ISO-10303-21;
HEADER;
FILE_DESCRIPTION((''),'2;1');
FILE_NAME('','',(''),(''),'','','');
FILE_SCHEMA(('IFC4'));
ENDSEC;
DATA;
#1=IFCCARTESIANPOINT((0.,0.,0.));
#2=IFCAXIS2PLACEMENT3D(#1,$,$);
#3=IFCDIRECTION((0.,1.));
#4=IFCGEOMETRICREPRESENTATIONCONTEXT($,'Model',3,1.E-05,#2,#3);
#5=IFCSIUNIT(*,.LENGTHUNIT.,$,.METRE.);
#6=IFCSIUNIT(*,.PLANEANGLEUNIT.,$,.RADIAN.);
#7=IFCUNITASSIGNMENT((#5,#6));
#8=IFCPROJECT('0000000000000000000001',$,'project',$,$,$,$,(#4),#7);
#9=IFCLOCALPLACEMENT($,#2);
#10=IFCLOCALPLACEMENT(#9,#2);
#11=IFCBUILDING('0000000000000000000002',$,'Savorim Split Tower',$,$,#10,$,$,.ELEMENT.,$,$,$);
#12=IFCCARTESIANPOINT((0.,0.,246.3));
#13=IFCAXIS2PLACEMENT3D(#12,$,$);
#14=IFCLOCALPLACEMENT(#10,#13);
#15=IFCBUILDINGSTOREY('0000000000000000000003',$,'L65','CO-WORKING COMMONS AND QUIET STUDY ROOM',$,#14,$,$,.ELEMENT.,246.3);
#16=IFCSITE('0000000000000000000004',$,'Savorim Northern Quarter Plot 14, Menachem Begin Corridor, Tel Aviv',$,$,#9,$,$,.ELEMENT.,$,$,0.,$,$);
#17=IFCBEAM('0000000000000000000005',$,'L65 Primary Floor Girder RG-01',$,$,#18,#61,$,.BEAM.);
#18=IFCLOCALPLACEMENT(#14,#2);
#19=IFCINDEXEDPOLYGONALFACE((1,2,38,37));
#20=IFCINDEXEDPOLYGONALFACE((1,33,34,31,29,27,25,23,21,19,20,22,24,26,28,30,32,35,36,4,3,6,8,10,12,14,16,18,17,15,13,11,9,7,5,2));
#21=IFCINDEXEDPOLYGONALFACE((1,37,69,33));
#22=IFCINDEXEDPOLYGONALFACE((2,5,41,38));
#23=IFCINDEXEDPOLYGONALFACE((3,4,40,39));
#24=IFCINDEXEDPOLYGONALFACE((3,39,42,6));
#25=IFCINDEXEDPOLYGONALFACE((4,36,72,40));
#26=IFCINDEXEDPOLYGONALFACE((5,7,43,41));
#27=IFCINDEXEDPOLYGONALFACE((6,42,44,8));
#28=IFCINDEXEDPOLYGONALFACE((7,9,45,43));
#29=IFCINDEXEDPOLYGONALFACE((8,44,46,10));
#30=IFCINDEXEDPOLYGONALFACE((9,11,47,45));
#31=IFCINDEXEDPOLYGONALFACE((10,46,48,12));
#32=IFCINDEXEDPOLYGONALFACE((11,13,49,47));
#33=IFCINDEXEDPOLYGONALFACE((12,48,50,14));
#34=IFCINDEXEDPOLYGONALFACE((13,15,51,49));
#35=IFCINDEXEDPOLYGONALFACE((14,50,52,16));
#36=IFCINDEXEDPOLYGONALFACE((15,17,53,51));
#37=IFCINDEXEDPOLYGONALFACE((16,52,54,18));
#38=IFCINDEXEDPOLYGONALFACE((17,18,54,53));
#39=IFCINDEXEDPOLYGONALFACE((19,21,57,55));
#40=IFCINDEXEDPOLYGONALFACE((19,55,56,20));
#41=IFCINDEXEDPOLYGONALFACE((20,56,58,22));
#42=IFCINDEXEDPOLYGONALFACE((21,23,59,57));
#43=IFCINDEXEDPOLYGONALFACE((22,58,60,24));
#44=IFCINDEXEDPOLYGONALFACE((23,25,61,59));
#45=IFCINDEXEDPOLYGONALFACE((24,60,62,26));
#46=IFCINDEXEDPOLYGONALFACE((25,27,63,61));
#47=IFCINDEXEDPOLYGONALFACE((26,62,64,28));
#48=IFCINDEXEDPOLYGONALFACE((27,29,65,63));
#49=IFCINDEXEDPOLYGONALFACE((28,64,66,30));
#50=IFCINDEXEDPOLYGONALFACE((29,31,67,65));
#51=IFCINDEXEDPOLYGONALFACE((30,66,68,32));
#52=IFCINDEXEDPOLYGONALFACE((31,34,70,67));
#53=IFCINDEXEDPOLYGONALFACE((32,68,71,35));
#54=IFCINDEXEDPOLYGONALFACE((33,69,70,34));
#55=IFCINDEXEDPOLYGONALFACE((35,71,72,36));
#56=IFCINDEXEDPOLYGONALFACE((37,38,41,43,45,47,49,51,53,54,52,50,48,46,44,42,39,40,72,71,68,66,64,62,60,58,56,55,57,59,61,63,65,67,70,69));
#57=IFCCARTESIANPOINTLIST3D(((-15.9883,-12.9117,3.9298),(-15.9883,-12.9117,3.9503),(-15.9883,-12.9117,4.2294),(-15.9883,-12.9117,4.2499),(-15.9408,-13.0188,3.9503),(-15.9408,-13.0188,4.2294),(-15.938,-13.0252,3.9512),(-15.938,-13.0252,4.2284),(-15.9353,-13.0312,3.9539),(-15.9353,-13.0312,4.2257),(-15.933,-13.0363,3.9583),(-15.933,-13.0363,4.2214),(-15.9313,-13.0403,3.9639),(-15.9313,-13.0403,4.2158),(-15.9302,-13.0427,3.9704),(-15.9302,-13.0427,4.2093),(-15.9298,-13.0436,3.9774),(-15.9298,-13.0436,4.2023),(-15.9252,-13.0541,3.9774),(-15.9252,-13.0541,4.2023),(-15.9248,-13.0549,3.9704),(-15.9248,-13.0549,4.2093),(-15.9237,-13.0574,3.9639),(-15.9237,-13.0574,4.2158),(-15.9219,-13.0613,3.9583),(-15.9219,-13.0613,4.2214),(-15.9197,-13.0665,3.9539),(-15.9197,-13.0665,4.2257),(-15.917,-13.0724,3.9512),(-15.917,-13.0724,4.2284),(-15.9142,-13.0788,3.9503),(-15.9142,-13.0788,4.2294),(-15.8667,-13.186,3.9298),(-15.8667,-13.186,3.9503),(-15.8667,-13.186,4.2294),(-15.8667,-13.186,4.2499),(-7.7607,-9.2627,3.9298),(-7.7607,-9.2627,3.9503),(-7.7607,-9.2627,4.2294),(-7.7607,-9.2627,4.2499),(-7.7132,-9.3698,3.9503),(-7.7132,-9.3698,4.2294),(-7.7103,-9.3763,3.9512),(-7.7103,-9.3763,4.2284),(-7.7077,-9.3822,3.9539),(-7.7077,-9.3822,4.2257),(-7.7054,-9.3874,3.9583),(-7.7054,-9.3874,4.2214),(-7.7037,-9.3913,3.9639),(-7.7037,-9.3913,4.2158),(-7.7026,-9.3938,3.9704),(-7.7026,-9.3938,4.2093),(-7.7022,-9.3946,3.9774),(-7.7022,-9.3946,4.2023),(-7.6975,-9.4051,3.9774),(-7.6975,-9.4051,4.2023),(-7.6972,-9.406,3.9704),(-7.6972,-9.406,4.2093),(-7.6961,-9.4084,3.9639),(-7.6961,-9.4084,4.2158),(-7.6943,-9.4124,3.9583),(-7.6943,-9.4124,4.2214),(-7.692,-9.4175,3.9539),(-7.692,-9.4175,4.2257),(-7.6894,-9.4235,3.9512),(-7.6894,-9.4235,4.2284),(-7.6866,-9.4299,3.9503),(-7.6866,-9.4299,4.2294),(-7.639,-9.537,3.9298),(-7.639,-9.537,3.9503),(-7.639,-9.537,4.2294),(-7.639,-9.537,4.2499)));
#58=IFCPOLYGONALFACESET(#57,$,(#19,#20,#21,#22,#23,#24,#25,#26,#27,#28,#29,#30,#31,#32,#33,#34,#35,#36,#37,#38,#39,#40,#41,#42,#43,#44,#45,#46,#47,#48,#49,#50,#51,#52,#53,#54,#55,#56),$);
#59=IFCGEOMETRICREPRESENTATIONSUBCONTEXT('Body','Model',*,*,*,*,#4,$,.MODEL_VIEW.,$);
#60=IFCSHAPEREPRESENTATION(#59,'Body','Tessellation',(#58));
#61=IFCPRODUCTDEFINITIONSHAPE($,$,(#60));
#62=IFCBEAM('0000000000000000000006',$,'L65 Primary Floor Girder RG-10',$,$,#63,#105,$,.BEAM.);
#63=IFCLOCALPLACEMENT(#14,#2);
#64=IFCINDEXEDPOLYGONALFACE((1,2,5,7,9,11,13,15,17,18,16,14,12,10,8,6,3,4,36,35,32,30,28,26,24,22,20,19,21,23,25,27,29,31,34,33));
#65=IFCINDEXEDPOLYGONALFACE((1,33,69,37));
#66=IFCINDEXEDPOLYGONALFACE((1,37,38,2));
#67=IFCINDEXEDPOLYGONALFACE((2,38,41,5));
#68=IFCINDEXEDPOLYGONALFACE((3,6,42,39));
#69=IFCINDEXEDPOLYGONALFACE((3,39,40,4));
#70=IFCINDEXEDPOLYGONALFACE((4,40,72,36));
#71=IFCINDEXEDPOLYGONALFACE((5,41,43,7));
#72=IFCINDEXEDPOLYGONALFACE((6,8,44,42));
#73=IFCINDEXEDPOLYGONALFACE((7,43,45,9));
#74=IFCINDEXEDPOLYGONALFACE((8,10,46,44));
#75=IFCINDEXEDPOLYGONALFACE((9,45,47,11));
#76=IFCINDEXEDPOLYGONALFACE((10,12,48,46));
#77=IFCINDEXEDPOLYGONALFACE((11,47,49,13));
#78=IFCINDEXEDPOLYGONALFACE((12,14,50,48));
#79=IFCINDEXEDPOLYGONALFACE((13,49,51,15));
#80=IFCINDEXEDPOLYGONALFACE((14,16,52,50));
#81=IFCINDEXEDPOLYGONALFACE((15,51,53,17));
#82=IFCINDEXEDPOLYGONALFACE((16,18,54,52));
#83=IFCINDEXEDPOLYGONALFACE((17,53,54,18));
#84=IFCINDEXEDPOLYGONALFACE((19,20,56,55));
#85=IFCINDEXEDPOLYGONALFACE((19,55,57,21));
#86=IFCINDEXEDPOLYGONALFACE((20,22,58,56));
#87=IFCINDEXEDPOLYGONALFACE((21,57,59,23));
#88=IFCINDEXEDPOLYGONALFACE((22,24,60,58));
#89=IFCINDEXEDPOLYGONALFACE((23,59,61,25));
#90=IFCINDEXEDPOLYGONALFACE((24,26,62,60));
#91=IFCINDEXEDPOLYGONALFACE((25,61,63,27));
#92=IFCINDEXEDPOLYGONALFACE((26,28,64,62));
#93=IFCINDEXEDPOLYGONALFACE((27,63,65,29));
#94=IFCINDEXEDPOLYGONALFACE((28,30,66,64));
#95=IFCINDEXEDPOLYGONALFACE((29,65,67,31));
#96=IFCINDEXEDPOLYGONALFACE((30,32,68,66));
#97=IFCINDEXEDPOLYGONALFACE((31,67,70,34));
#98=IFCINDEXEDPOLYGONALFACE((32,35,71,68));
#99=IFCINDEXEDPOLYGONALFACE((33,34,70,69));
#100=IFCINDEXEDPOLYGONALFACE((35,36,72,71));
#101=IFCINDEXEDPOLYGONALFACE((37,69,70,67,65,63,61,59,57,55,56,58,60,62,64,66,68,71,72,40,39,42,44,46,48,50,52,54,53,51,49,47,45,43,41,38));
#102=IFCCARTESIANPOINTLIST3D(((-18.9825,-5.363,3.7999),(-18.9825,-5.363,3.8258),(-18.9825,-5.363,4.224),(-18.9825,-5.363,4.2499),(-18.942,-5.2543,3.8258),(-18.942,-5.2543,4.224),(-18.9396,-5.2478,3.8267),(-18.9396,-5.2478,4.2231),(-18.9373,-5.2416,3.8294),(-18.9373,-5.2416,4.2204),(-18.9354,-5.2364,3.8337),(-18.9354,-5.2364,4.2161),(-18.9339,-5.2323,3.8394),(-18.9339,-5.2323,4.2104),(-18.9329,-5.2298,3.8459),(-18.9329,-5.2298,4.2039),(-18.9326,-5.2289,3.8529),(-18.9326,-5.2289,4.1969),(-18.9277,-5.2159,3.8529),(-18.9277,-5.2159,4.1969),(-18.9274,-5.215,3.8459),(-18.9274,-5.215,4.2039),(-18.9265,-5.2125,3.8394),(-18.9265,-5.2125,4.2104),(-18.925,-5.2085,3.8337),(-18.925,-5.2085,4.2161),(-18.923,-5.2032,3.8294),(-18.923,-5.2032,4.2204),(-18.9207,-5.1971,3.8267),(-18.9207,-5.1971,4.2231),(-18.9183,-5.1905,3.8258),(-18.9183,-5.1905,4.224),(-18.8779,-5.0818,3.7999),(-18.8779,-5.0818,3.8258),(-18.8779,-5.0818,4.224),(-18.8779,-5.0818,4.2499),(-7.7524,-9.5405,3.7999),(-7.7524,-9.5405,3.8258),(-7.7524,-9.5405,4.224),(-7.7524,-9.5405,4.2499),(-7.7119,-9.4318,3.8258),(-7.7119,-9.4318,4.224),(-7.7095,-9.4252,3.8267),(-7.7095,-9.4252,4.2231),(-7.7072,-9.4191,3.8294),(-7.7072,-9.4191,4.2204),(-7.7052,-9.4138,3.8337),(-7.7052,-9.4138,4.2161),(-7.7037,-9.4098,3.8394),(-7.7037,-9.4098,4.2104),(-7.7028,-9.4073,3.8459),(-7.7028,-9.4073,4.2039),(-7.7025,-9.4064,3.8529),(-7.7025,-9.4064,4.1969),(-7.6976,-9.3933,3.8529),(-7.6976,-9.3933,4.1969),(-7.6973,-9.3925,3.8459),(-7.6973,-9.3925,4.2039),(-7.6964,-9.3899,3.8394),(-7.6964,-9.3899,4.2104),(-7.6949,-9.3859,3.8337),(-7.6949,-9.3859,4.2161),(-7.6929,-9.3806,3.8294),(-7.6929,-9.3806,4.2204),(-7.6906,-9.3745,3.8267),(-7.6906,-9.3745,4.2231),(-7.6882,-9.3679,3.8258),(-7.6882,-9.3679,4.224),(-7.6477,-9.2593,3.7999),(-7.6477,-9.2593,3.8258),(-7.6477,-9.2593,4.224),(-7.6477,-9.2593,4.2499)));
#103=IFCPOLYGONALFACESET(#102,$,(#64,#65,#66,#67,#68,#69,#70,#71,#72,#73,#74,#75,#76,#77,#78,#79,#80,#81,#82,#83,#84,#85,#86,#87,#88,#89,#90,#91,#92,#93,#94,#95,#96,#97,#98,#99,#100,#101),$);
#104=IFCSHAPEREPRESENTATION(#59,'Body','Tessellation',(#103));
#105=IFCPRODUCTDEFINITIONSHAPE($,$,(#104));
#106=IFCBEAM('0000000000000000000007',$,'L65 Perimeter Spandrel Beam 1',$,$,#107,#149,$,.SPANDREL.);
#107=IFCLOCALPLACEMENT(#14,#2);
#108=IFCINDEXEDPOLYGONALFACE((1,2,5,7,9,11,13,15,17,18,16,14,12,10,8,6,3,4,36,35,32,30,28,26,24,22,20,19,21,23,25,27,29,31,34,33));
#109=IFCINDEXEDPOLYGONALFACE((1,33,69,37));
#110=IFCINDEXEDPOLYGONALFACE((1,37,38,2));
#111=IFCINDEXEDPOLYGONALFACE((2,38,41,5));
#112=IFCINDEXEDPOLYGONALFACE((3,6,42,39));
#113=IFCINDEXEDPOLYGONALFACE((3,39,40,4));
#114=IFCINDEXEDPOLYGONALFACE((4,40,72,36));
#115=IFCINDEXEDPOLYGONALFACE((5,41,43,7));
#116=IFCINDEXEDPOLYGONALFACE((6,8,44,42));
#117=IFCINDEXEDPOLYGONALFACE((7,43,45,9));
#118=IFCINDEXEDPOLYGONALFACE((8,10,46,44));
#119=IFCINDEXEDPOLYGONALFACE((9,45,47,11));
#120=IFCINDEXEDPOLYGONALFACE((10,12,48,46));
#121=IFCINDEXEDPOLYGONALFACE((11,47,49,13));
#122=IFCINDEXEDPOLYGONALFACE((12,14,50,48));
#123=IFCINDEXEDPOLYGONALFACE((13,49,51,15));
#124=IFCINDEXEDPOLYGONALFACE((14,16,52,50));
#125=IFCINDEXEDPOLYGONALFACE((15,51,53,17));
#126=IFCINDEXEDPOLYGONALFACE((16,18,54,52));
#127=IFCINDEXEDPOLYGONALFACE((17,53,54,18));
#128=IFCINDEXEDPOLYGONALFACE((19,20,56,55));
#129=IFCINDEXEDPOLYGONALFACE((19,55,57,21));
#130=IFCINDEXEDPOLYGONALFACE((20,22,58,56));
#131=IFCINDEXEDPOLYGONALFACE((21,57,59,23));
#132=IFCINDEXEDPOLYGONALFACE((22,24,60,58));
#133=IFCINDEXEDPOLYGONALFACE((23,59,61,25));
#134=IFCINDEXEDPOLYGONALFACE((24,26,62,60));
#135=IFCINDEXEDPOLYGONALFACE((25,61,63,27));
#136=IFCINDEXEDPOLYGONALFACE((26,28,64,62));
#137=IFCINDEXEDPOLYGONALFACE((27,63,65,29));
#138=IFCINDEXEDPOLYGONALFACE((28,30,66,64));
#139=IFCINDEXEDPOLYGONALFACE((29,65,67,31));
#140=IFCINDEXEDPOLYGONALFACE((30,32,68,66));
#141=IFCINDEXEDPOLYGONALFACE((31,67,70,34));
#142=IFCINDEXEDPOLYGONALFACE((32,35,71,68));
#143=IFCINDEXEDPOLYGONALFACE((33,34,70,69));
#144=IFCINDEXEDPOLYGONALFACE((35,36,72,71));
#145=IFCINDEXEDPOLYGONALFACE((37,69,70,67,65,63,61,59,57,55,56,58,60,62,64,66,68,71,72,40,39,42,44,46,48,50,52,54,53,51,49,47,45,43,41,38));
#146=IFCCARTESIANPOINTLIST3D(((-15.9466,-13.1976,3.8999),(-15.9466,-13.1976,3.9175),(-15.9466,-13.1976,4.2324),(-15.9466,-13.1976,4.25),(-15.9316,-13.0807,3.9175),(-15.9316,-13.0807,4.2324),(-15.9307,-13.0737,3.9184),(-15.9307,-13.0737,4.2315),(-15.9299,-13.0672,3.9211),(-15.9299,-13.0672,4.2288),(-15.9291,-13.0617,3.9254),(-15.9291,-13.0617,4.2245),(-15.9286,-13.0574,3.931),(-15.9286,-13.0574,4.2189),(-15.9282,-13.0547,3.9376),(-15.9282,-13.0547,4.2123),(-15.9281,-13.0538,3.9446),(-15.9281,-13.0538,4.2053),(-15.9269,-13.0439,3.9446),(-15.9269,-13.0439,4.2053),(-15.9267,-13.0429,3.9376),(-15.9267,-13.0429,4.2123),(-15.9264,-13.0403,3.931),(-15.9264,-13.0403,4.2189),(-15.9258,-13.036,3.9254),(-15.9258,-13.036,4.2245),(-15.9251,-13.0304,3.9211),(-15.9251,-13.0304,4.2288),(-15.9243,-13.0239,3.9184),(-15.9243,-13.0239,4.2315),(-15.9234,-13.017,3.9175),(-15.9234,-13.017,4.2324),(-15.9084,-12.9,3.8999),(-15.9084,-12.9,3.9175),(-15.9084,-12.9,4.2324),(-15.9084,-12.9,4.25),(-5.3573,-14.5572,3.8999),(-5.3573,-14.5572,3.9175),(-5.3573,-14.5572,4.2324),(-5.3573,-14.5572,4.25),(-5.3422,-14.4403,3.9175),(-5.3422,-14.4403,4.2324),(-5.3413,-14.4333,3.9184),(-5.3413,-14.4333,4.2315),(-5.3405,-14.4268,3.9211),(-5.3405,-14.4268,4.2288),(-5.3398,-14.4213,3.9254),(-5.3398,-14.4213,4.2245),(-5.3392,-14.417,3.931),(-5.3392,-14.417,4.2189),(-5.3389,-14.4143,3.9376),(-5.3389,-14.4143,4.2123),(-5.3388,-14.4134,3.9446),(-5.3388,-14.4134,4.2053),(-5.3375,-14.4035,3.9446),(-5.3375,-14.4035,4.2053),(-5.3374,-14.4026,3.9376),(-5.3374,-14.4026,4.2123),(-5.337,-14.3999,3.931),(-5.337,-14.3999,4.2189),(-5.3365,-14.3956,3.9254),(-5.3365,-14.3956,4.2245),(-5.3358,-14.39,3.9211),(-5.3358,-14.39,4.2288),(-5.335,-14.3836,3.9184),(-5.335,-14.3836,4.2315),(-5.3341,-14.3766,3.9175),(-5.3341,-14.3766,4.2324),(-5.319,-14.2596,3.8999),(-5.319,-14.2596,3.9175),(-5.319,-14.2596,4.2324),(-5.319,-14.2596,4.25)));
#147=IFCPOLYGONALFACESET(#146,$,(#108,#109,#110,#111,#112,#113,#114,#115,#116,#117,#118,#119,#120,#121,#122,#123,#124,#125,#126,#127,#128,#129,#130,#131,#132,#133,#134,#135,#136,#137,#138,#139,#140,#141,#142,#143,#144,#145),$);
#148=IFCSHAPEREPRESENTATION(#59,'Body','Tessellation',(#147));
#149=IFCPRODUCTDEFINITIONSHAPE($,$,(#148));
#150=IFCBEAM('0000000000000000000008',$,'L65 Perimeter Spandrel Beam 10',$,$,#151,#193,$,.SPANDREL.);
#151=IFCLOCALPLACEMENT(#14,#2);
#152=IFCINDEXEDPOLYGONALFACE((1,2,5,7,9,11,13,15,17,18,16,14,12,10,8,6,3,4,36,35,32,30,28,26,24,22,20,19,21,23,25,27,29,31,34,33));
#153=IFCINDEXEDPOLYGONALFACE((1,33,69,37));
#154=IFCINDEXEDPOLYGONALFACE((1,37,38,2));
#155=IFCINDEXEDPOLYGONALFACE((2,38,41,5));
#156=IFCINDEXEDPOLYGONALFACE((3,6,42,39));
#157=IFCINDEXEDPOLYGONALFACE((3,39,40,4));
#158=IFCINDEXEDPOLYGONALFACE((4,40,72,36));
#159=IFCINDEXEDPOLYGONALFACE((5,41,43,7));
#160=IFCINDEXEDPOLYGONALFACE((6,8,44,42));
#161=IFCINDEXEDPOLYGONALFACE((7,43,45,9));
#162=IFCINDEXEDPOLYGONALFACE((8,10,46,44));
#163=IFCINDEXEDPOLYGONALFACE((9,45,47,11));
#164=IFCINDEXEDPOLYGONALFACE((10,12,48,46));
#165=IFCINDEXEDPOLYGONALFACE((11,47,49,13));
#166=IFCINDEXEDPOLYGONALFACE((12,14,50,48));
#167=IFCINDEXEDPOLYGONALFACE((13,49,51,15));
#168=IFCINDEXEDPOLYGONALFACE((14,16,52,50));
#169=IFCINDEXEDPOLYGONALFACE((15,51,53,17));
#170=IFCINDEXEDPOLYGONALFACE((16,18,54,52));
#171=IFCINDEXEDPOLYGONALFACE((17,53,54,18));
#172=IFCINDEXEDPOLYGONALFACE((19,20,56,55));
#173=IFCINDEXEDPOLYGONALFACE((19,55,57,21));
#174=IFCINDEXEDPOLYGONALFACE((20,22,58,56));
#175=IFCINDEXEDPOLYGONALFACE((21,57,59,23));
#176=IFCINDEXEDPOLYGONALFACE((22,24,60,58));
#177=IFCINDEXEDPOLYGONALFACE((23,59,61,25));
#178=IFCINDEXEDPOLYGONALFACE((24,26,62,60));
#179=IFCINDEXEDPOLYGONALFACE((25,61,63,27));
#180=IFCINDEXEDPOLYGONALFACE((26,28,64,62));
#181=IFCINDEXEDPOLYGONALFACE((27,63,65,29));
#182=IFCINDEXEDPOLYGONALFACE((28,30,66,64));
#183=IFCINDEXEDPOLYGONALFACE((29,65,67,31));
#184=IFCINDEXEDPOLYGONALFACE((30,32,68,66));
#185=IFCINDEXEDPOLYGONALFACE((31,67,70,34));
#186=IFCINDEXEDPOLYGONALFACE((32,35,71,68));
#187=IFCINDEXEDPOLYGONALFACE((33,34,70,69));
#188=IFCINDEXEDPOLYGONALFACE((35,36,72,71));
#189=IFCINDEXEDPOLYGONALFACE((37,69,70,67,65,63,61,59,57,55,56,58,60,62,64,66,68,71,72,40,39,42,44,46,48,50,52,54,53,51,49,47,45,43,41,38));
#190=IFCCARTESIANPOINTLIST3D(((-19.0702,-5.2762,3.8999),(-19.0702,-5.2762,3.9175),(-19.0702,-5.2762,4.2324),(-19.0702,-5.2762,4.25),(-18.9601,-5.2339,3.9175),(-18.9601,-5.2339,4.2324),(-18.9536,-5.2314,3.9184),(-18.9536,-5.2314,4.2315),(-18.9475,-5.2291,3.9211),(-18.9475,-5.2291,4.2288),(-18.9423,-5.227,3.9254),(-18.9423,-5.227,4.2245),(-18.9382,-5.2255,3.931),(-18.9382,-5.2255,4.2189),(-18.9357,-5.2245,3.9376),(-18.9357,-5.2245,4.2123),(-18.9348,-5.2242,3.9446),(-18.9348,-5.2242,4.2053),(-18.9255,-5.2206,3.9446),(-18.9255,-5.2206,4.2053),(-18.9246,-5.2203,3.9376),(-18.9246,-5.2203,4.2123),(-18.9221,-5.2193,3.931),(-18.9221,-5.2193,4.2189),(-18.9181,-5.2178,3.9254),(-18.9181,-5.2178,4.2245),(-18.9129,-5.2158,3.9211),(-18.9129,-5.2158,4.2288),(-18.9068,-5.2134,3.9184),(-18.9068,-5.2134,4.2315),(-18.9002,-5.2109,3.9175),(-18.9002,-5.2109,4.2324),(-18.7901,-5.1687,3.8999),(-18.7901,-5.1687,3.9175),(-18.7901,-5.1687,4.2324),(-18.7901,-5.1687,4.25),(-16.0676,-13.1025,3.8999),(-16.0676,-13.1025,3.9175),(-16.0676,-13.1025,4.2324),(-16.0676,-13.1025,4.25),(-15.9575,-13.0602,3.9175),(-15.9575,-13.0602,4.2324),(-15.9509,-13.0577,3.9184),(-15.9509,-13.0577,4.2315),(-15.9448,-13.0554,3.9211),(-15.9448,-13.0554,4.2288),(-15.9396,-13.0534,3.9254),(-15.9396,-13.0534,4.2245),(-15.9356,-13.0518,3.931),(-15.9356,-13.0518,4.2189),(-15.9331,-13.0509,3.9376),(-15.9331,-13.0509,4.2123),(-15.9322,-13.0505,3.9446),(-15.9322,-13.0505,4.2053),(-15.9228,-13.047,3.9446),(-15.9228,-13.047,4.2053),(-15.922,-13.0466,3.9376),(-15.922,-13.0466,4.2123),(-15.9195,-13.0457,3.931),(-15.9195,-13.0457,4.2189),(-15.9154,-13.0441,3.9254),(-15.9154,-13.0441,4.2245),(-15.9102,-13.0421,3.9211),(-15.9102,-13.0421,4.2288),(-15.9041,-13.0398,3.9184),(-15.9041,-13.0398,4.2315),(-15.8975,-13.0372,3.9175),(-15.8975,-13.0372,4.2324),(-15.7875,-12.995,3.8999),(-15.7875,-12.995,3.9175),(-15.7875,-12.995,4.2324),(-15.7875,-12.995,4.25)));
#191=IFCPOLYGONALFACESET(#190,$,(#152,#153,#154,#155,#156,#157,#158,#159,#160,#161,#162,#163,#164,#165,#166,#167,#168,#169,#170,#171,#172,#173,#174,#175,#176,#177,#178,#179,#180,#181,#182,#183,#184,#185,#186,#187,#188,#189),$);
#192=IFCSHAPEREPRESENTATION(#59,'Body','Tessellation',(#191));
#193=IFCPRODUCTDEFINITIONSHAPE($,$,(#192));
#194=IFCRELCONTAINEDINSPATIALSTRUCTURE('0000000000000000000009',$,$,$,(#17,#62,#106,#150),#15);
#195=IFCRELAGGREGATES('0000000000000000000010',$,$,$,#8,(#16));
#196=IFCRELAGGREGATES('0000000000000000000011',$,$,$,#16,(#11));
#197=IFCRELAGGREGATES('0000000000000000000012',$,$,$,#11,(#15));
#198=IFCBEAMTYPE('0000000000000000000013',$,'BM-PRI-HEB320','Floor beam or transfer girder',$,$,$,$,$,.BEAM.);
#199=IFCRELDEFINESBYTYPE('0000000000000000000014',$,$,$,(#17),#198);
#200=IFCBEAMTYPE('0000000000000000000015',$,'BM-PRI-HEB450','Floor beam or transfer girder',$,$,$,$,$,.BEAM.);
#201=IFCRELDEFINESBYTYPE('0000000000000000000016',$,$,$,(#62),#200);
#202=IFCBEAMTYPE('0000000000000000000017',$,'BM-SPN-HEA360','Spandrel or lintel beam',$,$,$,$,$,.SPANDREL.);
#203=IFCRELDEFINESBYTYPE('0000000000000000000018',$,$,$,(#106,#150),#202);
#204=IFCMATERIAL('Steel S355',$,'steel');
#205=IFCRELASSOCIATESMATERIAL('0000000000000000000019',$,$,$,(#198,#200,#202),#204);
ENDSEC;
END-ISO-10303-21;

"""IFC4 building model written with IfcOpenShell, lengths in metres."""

from ifc_helpers import new_model, si_unit, direction, frame, origin, origin_2d, place, context, subcontext, project, spatial, i_section, extrude, material, material_profile, profile_set, type_object, element, save


model = new_model("IFC4")

# Units and contexts
model_context = context("Model", 3, precision=1e-05, world=origin(), true_north=direction((0.0, 1.0)))
body_context = subcontext(model_context, "Body", "Model", "MODEL_VIEW")
ifc_project = project(units=[si_unit("LENGTHUNIT", "METRE"), si_unit("PLANEANGLEUNIT", "RADIAN")], contexts=[model_context])

# Site, building, storey
site_placement = place(None, origin())
site = spatial("IfcSite", under=ifc_project, at=site_placement, Name="Savorim Northern Quarter Plot 14, Menachem Begin Corridor, Tel Aviv", CompositionType="ELEMENT", RefElevation=0.0)
building_placement = place(site_placement, origin())
building = spatial("IfcBuilding", under=site, at=building_placement, Name="Savorim Split Tower", CompositionType="ELEMENT")
storey_placement = place(building_placement, frame((0.0, 0.0, 246.3)))
storey = spatial("IfcBuildingStorey", under=building, at=storey_placement, Name="L65", Description="CO-WORKING COMMONS AND QUIET STUDY ROOM", CompositionType="ELEMENT", Elevation=246.3)

# Shared definitions
ifc_material_1 = material(Name="Steel S355", Category="steel")

# Beams
ifc_material_profile_1 = material_profile(ifc_material_1, i_section(OverallWidth=0.3, OverallDepth=0.3201, WebThickness=0.0115, FlangeThickness=0.0205, FilletRadius=0.0271, at=origin_2d()), Name="HEB 320")
ifc_profile_set_1 = profile_set([ifc_material_profile_1], Name="Steel S355")
beam_type_1 = type_object("IfcBeamType", Name="BM-PRI-HEB320", Description="Floor beam or transfer girder", PredefinedType="BEAM", material=ifc_profile_set_1)
beam_1_placement = place(storey_placement, frame((-15.9275, -13.0488, 4.0898), z_axis=(0.914131, 0.405419, 0.0), x_axis=(-0.405419, 0.914131, 0.0)))
element("IfcBeam", 1, at=beam_1_placement, inside=storey, type_object=beam_type_1, Name="L65 Primary Floor Girder RG-01", PredefinedType="BEAM", context=body_context, shape_type="SweptSolid", body=[
    extrude(i_section(OverallWidth=0.3, OverallDepth=0.3201, WebThickness=0.0115, FlangeThickness=0.0205, FilletRadius=0.0271, at=origin_2d()), origin(), (0.0, 0.0, 1.0), 9.0005),
])
ifc_material_profile_2 = material_profile(ifc_material_1, i_section(OverallWidth=0.3, OverallDepth=0.45, WebThickness=0.0139, FlangeThickness=0.0259, FilletRadius=0.0271, at=origin_2d()), Name="HEB 450")
ifc_profile_set_2 = profile_set([ifc_material_profile_2], Name="Steel S355")
beam_type_2 = type_object("IfcBeamType", Name="BM-PRI-HEB450", Description="Floor beam or transfer girder", PredefinedType="BEAM", material=ifc_profile_set_2)
beam_2_placement = place(storey_placement, frame((-18.9302, -5.2224, 4.0249), z_axis=(0.937255, -0.348646, 0.0), x_axis=(0.348646, 0.937255, 0.0)))
element("IfcBeam", 2, at=beam_2_placement, inside=storey, type_object=beam_type_2, Name="L65 Primary Floor Girder RG-10", PredefinedType="BEAM", context=body_context, shape_type="SweptSolid", body=[
    extrude(i_section(OverallWidth=0.3, OverallDepth=0.45, WebThickness=0.0139, FlangeThickness=0.0259, FilletRadius=0.0271, at=origin_2d()), origin(), (0.0, 0.0, 1.0), 11.9819),
])
ifc_material_profile_3 = material_profile(ifc_material_1, i_section(OverallWidth=0.3, OverallDepth=0.3501, WebThickness=0.01, FlangeThickness=0.0176, FilletRadius=0.0271, at=origin_2d()), Name="HEA 360")
ifc_profile_set_3 = profile_set([ifc_material_profile_3], Name="Steel S355")
beam_type_3 = type_object("IfcBeamType", Name="BM-SPN-HEA360", Description="Spandrel or lintel beam", PredefinedType="SPANDREL", material=ifc_profile_set_3)
beam_3_placement = place(storey_placement, frame((-15.9275, -13.0488, 4.075), z_axis=(0.991858, -0.127349, 0.0), x_axis=(0.127349, 0.991858, 0.0)))
element("IfcBeam", 3, at=beam_3_placement, inside=storey, type_object=beam_type_3, Name="L65 Perimeter Spandrel Beam 1", PredefinedType="SPANDREL", context=body_context, shape_type="SweptSolid", body=[
    extrude(i_section(OverallWidth=0.3, OverallDepth=0.3501, WebThickness=0.01, FlangeThickness=0.0176, FilletRadius=0.0271, at=origin_2d()), origin(), (0.0, 0.0, 1.0), 10.6763),
])
beam_4_placement = place(storey_placement, frame((-18.9302, -5.2224, 4.075), z_axis=(0.358202, -0.933644, 0.0), x_axis=(0.933644, 0.358202, 0.0)))
element("IfcBeam", 4, at=beam_4_placement, inside=storey, type_object=beam_type_3, Name="L65 Perimeter Spandrel Beam 10", PredefinedType="SPANDREL", context=body_context, shape_type="SweptSolid", body=[
    extrude(i_section(OverallWidth=0.3, OverallDepth=0.3501, WebThickness=0.01, FlangeThickness=0.0176, FilletRadius=0.0271, at=origin_2d()), origin(), (0.0, 0.0, 1.0), 8.3826),
])

save(model, "model.ifc")
